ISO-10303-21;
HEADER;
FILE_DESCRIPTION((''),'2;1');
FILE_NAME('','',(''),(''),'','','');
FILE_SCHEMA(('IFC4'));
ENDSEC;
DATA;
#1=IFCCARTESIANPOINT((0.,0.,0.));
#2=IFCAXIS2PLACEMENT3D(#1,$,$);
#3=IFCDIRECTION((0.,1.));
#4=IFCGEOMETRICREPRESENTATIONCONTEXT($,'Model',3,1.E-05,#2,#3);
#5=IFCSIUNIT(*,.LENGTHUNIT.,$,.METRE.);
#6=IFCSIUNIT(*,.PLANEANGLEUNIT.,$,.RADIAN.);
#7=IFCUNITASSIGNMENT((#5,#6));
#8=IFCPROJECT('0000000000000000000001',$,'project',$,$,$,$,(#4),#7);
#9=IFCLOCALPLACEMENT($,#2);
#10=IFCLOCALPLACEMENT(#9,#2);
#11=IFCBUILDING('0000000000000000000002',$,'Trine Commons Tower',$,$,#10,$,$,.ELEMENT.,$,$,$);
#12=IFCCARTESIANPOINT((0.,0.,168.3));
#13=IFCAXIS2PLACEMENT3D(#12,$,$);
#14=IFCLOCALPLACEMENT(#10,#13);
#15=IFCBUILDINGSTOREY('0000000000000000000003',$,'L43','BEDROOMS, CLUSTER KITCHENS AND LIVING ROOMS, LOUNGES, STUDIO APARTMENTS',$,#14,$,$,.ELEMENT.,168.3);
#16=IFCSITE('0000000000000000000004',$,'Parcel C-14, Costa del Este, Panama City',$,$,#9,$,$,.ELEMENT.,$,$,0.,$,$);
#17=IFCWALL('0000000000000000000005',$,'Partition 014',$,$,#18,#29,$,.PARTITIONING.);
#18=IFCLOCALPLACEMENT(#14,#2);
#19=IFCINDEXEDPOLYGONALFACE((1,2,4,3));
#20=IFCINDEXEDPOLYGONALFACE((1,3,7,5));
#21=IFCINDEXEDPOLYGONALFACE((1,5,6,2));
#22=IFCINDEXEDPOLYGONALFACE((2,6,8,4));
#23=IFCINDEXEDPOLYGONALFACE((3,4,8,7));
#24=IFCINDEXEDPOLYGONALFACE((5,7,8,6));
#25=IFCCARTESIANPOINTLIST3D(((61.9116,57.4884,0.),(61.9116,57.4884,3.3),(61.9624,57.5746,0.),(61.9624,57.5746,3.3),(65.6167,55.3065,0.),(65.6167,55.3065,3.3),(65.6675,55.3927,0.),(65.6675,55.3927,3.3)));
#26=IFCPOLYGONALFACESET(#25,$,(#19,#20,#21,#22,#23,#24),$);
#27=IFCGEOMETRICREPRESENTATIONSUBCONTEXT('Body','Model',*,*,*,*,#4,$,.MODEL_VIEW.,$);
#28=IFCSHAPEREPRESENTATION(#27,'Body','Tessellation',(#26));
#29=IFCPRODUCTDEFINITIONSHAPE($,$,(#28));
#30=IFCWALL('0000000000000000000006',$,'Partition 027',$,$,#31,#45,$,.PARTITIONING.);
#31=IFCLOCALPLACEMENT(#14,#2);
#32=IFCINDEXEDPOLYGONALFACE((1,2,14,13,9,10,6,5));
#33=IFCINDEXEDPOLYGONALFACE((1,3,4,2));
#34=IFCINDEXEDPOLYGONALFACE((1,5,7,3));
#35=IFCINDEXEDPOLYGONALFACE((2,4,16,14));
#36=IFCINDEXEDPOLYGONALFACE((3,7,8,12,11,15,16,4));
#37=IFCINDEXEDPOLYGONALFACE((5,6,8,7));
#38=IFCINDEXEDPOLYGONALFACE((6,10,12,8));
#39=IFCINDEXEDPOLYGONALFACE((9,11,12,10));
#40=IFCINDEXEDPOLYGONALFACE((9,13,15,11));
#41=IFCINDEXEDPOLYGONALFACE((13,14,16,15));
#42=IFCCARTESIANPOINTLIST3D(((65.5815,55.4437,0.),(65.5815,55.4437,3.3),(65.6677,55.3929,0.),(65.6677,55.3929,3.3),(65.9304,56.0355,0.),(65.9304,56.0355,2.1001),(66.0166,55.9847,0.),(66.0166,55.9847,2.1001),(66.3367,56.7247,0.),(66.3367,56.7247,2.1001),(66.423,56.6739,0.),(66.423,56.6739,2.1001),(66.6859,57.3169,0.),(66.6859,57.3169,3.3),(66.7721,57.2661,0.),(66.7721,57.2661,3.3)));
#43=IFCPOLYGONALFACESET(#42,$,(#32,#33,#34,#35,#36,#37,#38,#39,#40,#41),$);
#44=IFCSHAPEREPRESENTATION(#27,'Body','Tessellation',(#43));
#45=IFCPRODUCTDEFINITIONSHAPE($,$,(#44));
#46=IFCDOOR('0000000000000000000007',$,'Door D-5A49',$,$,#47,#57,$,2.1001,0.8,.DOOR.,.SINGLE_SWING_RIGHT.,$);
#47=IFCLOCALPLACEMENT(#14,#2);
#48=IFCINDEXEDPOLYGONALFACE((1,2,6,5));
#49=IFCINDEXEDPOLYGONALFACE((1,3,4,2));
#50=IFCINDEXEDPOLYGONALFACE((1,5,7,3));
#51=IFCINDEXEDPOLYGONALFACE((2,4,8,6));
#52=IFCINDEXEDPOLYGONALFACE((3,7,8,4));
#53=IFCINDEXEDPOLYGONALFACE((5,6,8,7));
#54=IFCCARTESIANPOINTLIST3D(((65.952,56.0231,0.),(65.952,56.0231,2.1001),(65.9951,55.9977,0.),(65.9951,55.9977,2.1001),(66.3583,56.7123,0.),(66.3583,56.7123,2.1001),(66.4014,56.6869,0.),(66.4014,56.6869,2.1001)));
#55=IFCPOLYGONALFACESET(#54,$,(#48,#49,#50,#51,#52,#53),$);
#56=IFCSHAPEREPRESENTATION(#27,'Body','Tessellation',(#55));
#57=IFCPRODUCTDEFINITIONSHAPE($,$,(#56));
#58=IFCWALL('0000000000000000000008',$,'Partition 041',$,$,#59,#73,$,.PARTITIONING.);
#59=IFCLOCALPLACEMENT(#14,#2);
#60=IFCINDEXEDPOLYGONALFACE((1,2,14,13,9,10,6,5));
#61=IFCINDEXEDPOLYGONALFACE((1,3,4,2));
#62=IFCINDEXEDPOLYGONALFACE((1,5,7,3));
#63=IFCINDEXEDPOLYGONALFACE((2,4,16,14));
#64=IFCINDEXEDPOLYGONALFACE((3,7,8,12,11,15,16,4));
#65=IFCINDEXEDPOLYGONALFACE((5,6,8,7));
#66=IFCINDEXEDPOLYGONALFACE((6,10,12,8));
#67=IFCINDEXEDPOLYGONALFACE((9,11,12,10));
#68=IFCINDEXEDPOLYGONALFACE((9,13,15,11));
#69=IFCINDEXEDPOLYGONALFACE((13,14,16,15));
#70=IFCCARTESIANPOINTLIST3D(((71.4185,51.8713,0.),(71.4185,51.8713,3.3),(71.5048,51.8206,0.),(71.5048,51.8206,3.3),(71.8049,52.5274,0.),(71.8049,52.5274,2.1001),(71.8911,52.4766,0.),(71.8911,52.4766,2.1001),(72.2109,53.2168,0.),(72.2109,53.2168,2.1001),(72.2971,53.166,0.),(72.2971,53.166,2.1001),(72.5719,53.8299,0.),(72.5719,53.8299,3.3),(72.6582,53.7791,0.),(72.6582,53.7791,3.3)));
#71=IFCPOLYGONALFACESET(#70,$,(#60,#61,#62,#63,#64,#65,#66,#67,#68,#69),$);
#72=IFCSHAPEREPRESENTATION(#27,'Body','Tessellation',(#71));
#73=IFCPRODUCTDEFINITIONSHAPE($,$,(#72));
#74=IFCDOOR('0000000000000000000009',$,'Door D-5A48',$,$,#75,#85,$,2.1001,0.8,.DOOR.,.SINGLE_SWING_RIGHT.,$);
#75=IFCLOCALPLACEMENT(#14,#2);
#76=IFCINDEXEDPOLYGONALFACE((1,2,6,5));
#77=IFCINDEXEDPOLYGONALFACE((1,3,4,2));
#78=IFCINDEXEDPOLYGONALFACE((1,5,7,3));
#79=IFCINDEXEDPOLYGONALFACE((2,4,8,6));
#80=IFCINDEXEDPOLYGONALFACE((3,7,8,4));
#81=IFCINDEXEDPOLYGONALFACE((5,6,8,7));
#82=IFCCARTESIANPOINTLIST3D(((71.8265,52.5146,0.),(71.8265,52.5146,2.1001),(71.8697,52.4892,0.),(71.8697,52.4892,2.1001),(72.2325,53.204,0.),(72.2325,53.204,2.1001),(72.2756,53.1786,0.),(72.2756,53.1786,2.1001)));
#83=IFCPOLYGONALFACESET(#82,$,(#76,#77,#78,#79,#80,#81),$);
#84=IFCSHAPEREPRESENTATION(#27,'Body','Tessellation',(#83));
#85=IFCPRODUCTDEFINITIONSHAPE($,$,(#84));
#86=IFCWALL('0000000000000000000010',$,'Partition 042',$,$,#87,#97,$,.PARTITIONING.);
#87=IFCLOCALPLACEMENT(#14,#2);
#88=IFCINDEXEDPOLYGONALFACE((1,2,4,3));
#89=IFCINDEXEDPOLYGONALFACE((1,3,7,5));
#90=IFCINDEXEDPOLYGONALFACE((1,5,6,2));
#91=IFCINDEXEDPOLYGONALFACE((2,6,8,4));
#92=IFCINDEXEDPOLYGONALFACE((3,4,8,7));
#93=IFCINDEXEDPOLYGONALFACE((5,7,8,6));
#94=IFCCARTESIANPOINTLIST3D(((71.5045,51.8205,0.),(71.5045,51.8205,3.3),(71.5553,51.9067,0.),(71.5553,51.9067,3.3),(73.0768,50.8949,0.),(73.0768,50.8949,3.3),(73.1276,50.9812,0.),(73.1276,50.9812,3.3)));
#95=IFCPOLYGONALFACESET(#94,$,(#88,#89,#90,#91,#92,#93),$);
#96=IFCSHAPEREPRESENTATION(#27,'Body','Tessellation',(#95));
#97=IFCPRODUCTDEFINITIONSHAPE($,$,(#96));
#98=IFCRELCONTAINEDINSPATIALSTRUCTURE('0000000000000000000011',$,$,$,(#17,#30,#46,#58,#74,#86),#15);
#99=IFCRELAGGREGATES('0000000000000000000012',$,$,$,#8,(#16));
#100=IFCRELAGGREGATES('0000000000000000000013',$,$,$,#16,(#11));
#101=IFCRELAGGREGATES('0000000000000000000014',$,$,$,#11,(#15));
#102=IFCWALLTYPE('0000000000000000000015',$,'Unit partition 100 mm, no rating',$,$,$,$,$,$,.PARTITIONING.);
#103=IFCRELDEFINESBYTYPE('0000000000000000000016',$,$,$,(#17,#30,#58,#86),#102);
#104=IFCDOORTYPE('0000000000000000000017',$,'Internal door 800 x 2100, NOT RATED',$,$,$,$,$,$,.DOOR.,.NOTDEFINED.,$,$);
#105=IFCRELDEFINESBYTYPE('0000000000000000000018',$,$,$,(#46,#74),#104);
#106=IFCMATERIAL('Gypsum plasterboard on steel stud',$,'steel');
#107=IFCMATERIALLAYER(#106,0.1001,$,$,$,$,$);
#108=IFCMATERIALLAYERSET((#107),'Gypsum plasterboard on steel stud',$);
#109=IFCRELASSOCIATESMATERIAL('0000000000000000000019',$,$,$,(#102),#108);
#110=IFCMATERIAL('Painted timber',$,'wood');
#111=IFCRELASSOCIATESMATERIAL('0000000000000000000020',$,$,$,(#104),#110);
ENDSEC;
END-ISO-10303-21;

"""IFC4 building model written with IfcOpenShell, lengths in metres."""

from ifc_helpers import new_model, si_unit, direction, frame, frame_2d, origin, place, context, subcontext, project, spatial, rectangle, extrude, material, layer, layer_set, type_object, element, fill, save


model = new_model("IFC4")

# Units and contexts
model_context = context("Model", 3, precision=1e-05, world=origin(), true_north=direction((0.0, 1.0)))
body_context = subcontext(model_context, "Body", "Model", "MODEL_VIEW")
ifc_project = project(units=[si_unit("LENGTHUNIT", "METRE"), si_unit("PLANEANGLEUNIT", "RADIAN")], contexts=[model_context])

# Site, building, storey
site_placement = place(None, origin())
site = spatial("IfcSite", under=ifc_project, at=site_placement, Name="Parcel C-14, Costa del Este, Panama City", CompositionType="ELEMENT", RefElevation=0.0)
building_placement = place(site_placement, origin())
building = spatial("IfcBuilding", under=site, at=building_placement, Name="Trine Commons Tower", CompositionType="ELEMENT")
storey_placement = place(building_placement, frame((0.0, 0.0, 168.3)))
storey = spatial("IfcBuildingStorey", under=building, at=storey_placement, Name="L43", Description="BEDROOMS, CLUSTER KITCHENS AND LIVING ROOMS, LOUNGES, STUDIO APARTMENTS", CompositionType="ELEMENT", Elevation=168.3)

# Shared definitions
ifc_material_1 = material(Name="Gypsum plasterboard on steel stud", Category="steel")

# Shared definitions
ifc_material_2 = material(Name="Painted timber", Category="wood")

# Shared definitions
ifc_layer_1 = layer(ifc_material_1, 0.1001)
ifc_layer_set_1 = layer_set([ifc_layer_1], Name="Gypsum plasterboard on steel stud")
wall_type_1 = type_object("IfcWallType", Name="Unit partition 100 mm, no rating", PredefinedType="PARTITIONING", material=ifc_layer_set_1)
door_type_1 = type_object("IfcDoorType", Name="Internal door 800 x 2100, NOT RATED", OperationType="NOTDEFINED", PredefinedType="DOOR", material=ifc_material_2)

# Wall
wall_1_placement = place(storey_placement, frame((61.937, 57.5315, 0.0), z_axis=(0.0, 0.0, 1.0), x_axis=(0.861687, -0.507439, 0.0)))
element("IfcWall", 1, at=wall_1_placement, inside=storey, type_object=wall_type_1, Name="Partition 014", PredefinedType="PARTITIONING", context=body_context, shape_type="SweptSolid", body=[
    extrude(rectangle(XDim=4.2998, YDim=0.1001, at=frame_2d((2.1499, 0.0))), origin(), (0.0, 0.0, 1.0), 3.3),
])

# Walls, openings, doors
wall_2_placement = place(storey_placement, frame((65.6245, 55.4182, 0.0), z_axis=(0.0, 0.0, 1.0), x_axis=(0.507893, 0.86142, 0.0)))
wall_2 = element("IfcWall", 2, at=wall_2_placement, inside=storey, type_object=wall_type_1, Name="Partition 027", PredefinedType="PARTITIONING", context=body_context, shape_type="SweptSolid", body=[
    extrude(rectangle(XDim=2.1746, YDim=0.1001, at=frame_2d((1.0874, 0.0))), origin(), (0.0, 0.0, 1.0), 3.3),
])
opening_1_placement = place(wall_2_placement, frame((0.6873, 0.0, 0.0)))
opening_1 = element("IfcOpeningElement", 3, at=opening_1_placement, cuts=wall_2, PredefinedType="OPENING", context=body_context, shape_type="SweptSolid", body=[
    extrude(rectangle(XDim=0.8, YDim=2.1001, at=frame_2d((0.3999, 1.05))), frame((0.0, 0.0601, 0.0), z_axis=(0.0, -1.0, 0.0), x_axis=(1.0, 0.0, 0.0)), (0.0, 0.0, 1.0), 0.1201),
])
door_1_placement = place(opening_1_placement, frame((0.8, 0.0, 0.0), z_axis=(0.0, 0.0, 1.0), x_axis=(-1.0, 0.0, 0.0)))
door_1 = element("IfcDoor", 4, at=door_1_placement, inside=storey, type_object=door_type_1, Name="Door D-5A49", OperationType="SINGLE_SWING_RIGHT", OverallHeight=2.1001, OverallWidth=0.8, PredefinedType="DOOR", context=body_context, shape_type="SweptSolid", body=[
    extrude(rectangle(XDim=0.8, YDim=2.1001, at=frame_2d((0.3999, 1.05))), frame((0.0, 0.0249, 0.0), z_axis=(0.0, -1.0, 0.0), x_axis=(1.0, 0.0, 0.0)), (0.0, 0.0, 1.0), 0.05),
])
fill(opening_1, door_1)
wall_3_placement = place(storey_placement, frame((71.4617, 51.8459, 0.0), z_axis=(0.0, 0.0, 1.0), x_axis=(0.507433, 0.861691, 0.0)))
wall_3 = element("IfcWall", 5, at=wall_3_placement, inside=storey, type_object=wall_type_1, Name="Partition 041", PredefinedType="PARTITIONING", context=body_context, shape_type="SweptSolid", body=[
    extrude(rectangle(XDim=2.2729, YDim=0.1001, at=frame_2d((1.1365, 0.0))), origin(), (0.0, 0.0, 1.0), 3.3),
])
opening_2_placement = place(wall_3_placement, frame((0.7615, 0.0, 0.0)))
opening_2 = element("IfcOpeningElement", 6, at=opening_2_placement, cuts=wall_3, PredefinedType="OPENING", context=body_context, shape_type="SweptSolid", body=[
    extrude(rectangle(XDim=0.8, YDim=2.1001, at=frame_2d((0.3999, 1.05))), frame((0.0, 0.0601, 0.0), z_axis=(0.0, -1.0, 0.0), x_axis=(1.0, 0.0, 0.0)), (0.0, 0.0, 1.0), 0.1201),
])
door_2_placement = place(opening_2_placement, origin())
door_2 = element("IfcDoor", 7, at=door_2_placement, inside=storey, type_object=door_type_1, Name="Door D-5A48", OperationType="SINGLE_SWING_RIGHT", OverallHeight=2.1001, OverallWidth=0.8, PredefinedType="DOOR", context=body_context, shape_type="SweptSolid", body=[
    extrude(rectangle(XDim=0.8, YDim=2.1001, at=frame_2d((0.3999, 1.05))), frame((0.0, 0.0249, 0.0), z_axis=(0.0, -1.0, 0.0), x_axis=(1.0, 0.0, 0.0)), (0.0, 0.0, 1.0), 0.05),
])
fill(opening_2, door_2)

# Wall
wall_4_placement = place(storey_placement, frame((71.53, 51.8635, 0.0), z_axis=(0.0, 0.0, 1.0), x_axis=(0.861772, -0.507295, 0.0)))
element("IfcWall", 8, at=wall_4_placement, inside=storey, type_object=wall_type_1, Name="Partition 042", PredefinedType="PARTITIONING", context=body_context, shape_type="SweptSolid", body=[
    extrude(rectangle(XDim=1.8245, YDim=0.1001, at=frame_2d((0.9121, 0.0))), origin(), (0.0, 0.0, 1.0), 3.3),
])

save(model, "model.ifc")
